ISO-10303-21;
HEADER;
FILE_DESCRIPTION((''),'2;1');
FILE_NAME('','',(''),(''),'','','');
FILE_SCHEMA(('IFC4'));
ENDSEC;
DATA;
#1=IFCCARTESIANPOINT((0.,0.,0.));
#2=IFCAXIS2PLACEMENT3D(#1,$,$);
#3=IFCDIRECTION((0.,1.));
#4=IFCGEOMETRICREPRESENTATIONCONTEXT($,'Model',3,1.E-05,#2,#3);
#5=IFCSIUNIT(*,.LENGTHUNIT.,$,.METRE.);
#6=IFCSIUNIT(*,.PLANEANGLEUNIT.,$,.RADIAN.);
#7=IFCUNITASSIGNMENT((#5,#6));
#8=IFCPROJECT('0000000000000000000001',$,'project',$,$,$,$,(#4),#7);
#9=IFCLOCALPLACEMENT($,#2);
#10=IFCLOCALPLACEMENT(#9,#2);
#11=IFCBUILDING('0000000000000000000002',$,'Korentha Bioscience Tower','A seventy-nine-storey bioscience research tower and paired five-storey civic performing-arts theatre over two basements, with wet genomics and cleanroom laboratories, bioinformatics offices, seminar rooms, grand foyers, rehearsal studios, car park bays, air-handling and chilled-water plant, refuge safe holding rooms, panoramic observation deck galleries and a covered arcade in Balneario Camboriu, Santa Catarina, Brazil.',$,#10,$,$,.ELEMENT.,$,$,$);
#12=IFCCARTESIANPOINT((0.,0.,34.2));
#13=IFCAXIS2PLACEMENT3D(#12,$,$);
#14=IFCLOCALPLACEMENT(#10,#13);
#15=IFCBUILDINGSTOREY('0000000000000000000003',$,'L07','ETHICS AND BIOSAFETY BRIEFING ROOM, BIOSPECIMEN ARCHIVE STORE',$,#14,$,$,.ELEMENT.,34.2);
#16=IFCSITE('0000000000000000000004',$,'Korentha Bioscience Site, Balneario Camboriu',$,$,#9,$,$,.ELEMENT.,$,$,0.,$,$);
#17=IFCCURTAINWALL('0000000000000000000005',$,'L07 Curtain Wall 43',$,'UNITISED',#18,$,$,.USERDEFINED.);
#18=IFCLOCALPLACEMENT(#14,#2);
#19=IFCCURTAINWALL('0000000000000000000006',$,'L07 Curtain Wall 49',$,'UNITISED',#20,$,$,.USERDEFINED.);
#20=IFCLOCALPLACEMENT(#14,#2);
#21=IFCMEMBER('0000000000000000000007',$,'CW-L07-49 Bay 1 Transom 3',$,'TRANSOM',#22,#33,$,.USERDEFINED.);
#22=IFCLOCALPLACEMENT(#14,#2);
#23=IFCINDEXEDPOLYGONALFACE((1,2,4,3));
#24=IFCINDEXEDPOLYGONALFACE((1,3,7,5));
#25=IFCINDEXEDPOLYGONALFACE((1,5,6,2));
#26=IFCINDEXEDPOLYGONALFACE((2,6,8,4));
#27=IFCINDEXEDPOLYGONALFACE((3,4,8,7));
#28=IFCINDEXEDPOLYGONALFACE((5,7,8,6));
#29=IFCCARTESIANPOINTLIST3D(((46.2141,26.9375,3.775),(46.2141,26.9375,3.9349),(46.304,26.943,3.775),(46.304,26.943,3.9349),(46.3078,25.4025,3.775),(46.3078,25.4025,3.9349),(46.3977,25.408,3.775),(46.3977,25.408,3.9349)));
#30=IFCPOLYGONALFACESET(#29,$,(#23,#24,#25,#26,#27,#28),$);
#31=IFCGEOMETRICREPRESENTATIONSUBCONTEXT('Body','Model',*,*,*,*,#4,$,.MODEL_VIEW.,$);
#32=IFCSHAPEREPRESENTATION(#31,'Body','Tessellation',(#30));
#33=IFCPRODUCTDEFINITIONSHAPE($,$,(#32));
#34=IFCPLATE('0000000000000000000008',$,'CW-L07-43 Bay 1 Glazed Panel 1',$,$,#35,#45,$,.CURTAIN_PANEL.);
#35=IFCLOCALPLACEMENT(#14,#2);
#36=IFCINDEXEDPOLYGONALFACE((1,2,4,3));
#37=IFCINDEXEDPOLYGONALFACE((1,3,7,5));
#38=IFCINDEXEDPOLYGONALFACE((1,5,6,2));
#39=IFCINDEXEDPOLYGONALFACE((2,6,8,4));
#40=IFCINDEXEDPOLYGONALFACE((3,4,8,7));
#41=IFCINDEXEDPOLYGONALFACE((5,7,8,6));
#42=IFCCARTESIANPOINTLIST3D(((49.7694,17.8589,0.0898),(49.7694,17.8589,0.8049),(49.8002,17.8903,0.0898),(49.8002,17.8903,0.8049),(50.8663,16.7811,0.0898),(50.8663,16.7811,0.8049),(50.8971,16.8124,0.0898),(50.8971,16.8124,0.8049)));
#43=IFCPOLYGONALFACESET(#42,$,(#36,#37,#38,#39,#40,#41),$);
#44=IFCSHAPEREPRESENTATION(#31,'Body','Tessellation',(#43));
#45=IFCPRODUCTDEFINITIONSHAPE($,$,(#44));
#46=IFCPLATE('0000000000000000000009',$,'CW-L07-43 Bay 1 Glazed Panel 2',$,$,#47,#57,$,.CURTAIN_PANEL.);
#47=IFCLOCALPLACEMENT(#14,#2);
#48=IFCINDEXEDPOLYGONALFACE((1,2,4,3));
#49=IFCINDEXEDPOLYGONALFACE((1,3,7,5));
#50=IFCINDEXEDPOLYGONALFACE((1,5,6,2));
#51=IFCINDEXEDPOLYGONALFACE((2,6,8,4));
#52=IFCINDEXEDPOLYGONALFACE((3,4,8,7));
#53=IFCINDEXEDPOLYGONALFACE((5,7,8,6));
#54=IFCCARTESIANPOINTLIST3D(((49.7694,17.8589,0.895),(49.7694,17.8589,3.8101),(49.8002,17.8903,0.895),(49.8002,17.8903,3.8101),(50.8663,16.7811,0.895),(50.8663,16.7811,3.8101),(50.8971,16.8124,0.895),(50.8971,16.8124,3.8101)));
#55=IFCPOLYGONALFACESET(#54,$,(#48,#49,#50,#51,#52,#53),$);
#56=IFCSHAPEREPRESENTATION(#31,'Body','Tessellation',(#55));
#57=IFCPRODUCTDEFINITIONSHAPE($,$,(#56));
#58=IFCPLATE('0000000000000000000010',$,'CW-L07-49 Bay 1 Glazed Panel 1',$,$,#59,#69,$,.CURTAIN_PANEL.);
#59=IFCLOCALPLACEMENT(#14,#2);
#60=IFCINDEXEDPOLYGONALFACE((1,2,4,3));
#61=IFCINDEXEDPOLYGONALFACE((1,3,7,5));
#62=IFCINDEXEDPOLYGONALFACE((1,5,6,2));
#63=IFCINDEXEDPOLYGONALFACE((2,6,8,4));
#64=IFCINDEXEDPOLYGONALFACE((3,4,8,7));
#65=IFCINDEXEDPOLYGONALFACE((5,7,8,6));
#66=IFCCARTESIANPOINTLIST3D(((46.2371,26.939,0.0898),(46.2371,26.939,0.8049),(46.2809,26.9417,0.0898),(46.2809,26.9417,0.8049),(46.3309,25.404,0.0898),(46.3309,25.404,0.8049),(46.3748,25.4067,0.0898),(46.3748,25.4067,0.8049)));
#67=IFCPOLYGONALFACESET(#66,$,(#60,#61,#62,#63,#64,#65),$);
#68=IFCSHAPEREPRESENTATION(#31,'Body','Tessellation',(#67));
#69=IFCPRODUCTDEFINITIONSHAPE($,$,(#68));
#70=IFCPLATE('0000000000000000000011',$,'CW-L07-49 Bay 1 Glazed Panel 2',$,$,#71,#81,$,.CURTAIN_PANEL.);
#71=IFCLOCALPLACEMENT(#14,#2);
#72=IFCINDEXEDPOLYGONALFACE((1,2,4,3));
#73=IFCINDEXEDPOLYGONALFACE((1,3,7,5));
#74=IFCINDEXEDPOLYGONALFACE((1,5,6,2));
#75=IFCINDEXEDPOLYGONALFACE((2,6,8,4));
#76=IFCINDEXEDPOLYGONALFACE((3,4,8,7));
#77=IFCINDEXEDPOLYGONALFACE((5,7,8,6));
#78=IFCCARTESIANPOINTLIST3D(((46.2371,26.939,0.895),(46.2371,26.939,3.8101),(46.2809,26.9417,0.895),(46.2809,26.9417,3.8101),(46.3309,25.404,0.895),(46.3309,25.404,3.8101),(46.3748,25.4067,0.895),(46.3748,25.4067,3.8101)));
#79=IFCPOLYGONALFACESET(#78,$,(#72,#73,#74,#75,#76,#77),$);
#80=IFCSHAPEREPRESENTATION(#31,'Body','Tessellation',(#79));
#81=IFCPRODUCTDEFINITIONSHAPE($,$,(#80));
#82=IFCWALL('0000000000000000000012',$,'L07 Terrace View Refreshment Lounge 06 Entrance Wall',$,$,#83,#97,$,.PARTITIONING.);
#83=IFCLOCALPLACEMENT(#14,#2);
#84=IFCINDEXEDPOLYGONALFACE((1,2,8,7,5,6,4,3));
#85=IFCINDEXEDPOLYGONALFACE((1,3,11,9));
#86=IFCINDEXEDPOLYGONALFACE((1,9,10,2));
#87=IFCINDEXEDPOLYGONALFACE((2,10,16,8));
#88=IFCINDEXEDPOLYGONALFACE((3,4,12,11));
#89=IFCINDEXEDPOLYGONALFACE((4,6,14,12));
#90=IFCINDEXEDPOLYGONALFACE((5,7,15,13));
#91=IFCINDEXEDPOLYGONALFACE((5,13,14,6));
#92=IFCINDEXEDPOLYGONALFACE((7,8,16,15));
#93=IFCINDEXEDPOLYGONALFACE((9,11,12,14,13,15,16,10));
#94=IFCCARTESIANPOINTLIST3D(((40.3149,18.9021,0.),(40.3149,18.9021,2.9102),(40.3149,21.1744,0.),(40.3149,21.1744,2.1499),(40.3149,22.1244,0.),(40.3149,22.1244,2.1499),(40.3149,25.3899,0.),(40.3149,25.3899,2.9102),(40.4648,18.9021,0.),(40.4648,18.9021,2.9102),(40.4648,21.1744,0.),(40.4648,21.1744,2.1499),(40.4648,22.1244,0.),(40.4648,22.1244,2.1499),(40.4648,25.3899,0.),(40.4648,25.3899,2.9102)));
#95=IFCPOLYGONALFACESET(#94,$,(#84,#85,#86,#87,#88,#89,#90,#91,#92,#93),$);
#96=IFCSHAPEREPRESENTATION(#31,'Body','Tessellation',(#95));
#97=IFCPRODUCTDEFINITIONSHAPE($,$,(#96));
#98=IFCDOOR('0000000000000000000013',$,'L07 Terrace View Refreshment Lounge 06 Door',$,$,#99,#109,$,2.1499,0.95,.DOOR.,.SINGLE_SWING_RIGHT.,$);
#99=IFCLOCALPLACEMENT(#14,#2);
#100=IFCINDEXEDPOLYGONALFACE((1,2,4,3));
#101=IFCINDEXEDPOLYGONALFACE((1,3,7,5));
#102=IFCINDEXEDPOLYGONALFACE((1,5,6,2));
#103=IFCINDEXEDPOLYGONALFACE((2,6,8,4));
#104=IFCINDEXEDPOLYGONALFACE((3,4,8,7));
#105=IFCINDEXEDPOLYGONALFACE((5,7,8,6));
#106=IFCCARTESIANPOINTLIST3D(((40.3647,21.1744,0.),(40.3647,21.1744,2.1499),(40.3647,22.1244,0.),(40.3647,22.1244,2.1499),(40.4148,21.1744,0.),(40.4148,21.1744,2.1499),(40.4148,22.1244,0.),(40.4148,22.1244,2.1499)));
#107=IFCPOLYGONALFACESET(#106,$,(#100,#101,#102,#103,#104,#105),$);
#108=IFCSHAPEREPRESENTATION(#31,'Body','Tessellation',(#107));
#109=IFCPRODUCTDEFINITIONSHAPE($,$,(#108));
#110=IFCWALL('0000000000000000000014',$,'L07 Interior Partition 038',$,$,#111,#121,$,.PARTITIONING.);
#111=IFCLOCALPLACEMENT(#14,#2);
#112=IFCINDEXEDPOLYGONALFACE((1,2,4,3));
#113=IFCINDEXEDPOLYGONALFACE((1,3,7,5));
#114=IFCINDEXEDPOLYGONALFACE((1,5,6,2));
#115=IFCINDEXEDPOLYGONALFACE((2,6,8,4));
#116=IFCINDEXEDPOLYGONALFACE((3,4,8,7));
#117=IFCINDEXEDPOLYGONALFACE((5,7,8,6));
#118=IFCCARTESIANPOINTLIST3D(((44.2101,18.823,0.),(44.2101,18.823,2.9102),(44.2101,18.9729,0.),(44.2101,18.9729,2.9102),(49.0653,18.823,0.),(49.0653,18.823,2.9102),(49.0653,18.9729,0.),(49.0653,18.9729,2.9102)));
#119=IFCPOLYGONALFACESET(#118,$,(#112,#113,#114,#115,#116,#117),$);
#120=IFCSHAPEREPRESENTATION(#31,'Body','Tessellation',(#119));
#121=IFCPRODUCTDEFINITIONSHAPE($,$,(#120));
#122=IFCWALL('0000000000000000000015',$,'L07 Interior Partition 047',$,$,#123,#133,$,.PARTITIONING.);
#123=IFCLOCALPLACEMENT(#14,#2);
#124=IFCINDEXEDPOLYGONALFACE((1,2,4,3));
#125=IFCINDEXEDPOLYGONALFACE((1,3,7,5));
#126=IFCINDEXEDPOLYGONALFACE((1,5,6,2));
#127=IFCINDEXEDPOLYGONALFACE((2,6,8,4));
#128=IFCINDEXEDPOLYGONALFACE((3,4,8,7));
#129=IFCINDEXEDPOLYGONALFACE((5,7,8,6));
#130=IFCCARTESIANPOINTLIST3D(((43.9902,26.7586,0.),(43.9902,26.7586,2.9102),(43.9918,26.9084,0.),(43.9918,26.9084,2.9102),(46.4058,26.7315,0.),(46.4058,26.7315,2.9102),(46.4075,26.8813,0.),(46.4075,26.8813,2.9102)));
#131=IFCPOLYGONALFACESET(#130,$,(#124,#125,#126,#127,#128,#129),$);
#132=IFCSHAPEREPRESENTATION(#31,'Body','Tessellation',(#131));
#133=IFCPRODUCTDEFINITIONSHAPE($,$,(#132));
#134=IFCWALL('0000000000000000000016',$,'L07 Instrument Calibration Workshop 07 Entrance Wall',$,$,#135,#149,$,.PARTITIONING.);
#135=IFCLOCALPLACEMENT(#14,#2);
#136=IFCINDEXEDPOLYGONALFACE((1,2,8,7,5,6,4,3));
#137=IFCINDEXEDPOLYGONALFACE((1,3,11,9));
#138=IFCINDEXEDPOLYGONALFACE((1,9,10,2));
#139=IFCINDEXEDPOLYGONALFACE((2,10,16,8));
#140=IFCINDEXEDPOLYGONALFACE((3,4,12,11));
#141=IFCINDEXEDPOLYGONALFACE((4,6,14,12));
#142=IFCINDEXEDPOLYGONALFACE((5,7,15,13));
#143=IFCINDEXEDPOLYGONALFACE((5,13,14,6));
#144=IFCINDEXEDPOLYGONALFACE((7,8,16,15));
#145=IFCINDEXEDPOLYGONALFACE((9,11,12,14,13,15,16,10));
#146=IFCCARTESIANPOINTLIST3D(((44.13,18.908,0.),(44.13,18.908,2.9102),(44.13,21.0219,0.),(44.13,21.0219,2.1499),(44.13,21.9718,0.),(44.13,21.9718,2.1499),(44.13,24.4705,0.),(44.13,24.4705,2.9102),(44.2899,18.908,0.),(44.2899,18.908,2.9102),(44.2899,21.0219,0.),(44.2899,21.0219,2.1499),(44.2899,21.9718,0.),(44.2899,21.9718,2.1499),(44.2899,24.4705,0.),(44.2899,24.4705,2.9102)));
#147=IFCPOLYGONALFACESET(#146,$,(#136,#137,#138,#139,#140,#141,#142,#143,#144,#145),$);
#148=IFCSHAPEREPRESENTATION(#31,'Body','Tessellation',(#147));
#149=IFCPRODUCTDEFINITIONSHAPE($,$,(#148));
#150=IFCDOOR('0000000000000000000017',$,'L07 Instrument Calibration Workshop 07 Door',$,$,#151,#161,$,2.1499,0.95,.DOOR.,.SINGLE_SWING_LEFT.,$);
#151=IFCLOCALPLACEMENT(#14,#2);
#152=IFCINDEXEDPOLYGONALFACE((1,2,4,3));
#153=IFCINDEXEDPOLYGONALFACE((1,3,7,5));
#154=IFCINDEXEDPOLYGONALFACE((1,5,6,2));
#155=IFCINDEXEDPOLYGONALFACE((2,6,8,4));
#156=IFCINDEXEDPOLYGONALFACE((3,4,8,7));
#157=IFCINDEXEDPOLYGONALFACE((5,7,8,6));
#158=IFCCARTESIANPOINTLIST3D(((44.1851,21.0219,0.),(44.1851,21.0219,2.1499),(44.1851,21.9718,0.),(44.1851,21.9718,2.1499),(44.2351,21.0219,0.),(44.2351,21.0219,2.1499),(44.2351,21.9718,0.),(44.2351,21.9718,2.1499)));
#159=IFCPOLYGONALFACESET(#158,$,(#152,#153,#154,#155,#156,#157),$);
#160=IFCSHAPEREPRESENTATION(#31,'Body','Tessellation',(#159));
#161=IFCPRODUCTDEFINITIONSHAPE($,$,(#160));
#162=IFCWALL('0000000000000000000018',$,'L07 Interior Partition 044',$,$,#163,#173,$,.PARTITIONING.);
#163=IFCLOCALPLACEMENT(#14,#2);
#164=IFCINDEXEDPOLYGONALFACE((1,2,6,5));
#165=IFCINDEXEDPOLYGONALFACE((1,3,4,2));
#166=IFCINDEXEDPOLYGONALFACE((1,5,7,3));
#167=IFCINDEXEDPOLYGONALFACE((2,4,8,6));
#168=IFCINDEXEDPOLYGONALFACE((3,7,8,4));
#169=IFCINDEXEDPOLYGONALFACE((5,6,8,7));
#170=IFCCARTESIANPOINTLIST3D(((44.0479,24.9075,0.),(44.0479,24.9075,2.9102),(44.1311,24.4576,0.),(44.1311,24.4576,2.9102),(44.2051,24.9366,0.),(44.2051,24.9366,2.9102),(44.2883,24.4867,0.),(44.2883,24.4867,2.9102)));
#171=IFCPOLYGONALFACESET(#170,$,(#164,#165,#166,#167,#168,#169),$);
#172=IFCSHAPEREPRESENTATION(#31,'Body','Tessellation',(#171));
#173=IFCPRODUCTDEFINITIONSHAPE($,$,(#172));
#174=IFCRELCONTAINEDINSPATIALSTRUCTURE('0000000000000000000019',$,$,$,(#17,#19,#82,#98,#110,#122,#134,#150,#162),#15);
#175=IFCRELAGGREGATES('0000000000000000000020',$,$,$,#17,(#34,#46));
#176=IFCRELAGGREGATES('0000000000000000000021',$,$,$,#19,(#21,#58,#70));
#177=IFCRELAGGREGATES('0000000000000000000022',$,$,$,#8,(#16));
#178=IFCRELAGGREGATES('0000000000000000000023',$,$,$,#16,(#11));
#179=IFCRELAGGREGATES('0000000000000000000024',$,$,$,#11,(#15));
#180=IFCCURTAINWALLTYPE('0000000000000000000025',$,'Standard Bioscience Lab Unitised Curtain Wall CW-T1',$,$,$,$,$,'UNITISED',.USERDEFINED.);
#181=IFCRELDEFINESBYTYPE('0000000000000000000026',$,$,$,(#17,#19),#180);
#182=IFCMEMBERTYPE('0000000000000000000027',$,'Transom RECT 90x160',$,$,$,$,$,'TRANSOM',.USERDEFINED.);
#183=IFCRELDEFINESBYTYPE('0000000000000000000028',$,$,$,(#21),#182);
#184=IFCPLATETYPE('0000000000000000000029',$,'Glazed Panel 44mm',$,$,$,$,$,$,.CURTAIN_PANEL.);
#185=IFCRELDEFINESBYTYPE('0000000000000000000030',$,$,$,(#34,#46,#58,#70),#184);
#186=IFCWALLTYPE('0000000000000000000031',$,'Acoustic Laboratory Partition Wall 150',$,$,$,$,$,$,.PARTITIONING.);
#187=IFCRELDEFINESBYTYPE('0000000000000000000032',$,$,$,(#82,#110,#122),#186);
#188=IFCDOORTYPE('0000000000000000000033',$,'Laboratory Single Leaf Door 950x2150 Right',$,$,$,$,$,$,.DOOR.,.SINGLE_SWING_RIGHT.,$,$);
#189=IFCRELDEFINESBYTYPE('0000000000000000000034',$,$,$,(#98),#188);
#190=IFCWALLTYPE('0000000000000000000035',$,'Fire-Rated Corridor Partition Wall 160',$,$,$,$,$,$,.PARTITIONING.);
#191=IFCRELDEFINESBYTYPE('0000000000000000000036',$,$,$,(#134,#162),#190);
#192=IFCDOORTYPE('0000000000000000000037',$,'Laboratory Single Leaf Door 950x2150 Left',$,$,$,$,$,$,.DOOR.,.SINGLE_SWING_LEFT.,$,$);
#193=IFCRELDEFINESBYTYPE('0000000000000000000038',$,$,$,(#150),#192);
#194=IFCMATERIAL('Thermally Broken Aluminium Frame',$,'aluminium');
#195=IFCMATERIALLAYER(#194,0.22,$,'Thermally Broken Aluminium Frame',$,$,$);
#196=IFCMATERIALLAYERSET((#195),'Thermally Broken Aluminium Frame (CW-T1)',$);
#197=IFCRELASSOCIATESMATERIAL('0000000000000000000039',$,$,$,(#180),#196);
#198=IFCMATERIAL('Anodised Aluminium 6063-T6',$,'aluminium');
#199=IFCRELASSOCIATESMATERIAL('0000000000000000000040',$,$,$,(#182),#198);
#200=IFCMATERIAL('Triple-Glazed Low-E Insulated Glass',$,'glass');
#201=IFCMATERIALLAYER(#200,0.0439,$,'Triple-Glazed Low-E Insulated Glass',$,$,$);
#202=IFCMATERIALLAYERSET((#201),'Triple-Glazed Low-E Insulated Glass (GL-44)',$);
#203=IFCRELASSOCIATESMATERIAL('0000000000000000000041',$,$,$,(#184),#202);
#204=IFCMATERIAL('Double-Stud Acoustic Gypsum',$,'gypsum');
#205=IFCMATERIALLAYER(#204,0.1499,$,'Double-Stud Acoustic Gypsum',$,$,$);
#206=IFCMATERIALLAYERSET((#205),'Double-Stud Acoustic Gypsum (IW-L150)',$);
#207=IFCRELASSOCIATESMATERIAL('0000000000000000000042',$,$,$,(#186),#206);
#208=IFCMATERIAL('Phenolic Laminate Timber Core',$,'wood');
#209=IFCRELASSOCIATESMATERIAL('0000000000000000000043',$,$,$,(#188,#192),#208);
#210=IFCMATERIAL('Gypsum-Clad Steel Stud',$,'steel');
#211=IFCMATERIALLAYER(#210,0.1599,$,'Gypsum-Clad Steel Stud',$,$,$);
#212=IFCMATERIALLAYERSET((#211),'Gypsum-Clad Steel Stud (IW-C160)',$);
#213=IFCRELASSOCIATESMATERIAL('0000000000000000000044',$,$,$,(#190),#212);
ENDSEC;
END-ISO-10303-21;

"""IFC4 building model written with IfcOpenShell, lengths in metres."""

from ifc_helpers import new_model, si_unit, direction, frame, frame_2d, origin, origin_2d, place, context, subcontext, project, spatial, rectangle, extrude, material, layer, layer_set, material_profile, profile_set, type_object, element, fill, aggregate, save


model = new_model("IFC4")

# Units and contexts
model_context = context("Model", 3, precision=1e-05, world=origin(), true_north=direction((0.0, 1.0)))
body_context = subcontext(model_context, "Body", "Model", "MODEL_VIEW")
ifc_project = project(units=[si_unit("LENGTHUNIT", "METRE"), si_unit("PLANEANGLEUNIT", "RADIAN")], contexts=[model_context])

# Site, building, storey
site_placement = place(None, origin())
site = spatial("IfcSite", under=ifc_project, at=site_placement, Name="Korentha Bioscience Site, Balneario Camboriu", CompositionType="ELEMENT", RefElevation=0.0)
building_placement = place(site_placement, origin())
building = spatial("IfcBuilding", under=site, at=building_placement, Name="Korentha Bioscience Tower", Description="A seventy-nine-storey bioscience research tower and paired five-storey civic performing-arts theatre over two basements, with wet genomics and cleanroom laboratories, bioinformatics offices, seminar rooms, grand foyers, rehearsal studios, car park bays, air-handling and chilled-water plant, refuge safe holding rooms, panoramic observation deck galleries and a covered arcade in Balneario Camboriu, Santa Catarina, Brazil.", CompositionType="ELEMENT")
storey_placement = place(building_placement, frame((0.0, 0.0, 34.2)))
storey = spatial("IfcBuildingStorey", under=building, at=storey_placement, Name="L07", Description="ETHICS AND BIOSAFETY BRIEFING ROOM, BIOSPECIMEN ARCHIVE STORE", CompositionType="ELEMENT", Elevation=34.2)

# Curtain wall
ifc_material_1 = material(Name="Thermally Broken Aluminium Frame", Category="aluminium")
ifc_layer_1 = layer(ifc_material_1, 0.22, Name="Thermally Broken Aluminium Frame")
ifc_layer_set_1 = layer_set([ifc_layer_1], Name="Thermally Broken Aluminium Frame (CW-T1)")
curtain_wall_type = type_object("IfcCurtainWallType", Name="Standard Bioscience Lab Unitised Curtain Wall CW-T1", ElementType="UNITISED", PredefinedType="USERDEFINED", material=ifc_layer_set_1)
curtain_wall_1_placement = place(storey_placement, origin())
curtain_wall_1 = element("IfcCurtainWall", 1, at=curtain_wall_1_placement, inside=storey, type_object=curtain_wall_type, Name="L07 Curtain Wall 43", ObjectType="UNITISED", PredefinedType="USERDEFINED")
ifc_material_2 = material(Name="Anodised Aluminium 6063-T6", Category="aluminium")

# Curtain wall
curtain_wall_2_placement = place(storey_placement, origin())
curtain_wall_2 = element("IfcCurtainWall", 2, at=curtain_wall_2_placement, inside=storey, type_object=curtain_wall_type, Name="L07 Curtain Wall 49", ObjectType="UNITISED", PredefinedType="USERDEFINED")

# Member
ifc_material_profile_1 = material_profile(ifc_material_2, rectangle(XDim=0.0901, YDim=0.1599, at=origin_2d()), Name="Anodised Aluminium 6063-T6")
ifc_profile_set_1 = profile_set([ifc_material_profile_1], Name="Anodised Aluminium 6063-T6 (CW-TRN)")
member_type_1 = type_object("IfcMemberType", Name="Transom RECT 90x160", ElementType="TRANSOM", PredefinedType="USERDEFINED", material=ifc_profile_set_1)
member_1_placement = place(storey_placement, frame((46.3528, 25.4053, 3.855), z_axis=(-0.060965, 0.99814, 0.0), x_axis=(-0.99814, -0.060965, 0.0)))
member_1 = element("IfcMember", 3, at=member_1_placement, type_object=member_type_1, Name="CW-L07-49 Bay 1 Transom 3", ObjectType="TRANSOM", PredefinedType="USERDEFINED", context=body_context, shape_type="SweptSolid", body=[
    extrude(rectangle(XDim=0.0901, YDim=0.1599, at=origin_2d()), origin(), (0.0, 0.0, 1.0), 1.5378),
])

# Plates
ifc_material_3 = material(Name="Triple-Glazed Low-E Insulated Glass", Category="glass")
ifc_layer_2 = layer(ifc_material_3, 0.0439, Name="Triple-Glazed Low-E Insulated Glass")
ifc_layer_set_2 = layer_set([ifc_layer_2], Name="Triple-Glazed Low-E Insulated Glass (GL-44)")
plate_type = type_object("IfcPlateType", Name="Glazed Panel 44mm", PredefinedType="CURTAIN_PANEL", material=ifc_layer_set_2)
plate_1_placement = place(storey_placement, frame((50.3333, 17.3357, 0.0898), z_axis=(0.0, 0.0, 1.0), x_axis=(-0.713279, 0.70088, 0.0)))
plate_1 = element("IfcPlate", 4, at=plate_1_placement, type_object=plate_type, Name="CW-L07-43 Bay 1 Glazed Panel 1", PredefinedType="CURTAIN_PANEL", context=body_context, shape_type="SweptSolid", body=[
    extrude(rectangle(XDim=1.5378, YDim=0.0439, at=origin_2d()), origin(), (0.0, 0.0, 1.0), 0.7151),
])
plate_2_placement = place(storey_placement, frame((50.3333, 17.3357, 0.895), z_axis=(0.0, 0.0, 1.0), x_axis=(-0.713279, 0.70088, 0.0)))
plate_2 = element("IfcPlate", 5, at=plate_2_placement, type_object=plate_type, Name="CW-L07-43 Bay 1 Glazed Panel 2", PredefinedType="CURTAIN_PANEL", context=body_context, shape_type="SweptSolid", body=[
    extrude(rectangle(XDim=1.5378, YDim=0.0439, at=origin_2d()), origin(), (0.0, 0.0, 1.0), 2.915),
])
aggregate(curtain_wall_1, [plate_1, plate_2])
plate_3_placement = place(storey_placement, frame((46.3059, 26.1729, 0.0898), z_axis=(0.0, 0.0, 1.0), x_axis=(-0.061008, 0.998137, 0.0)))
plate_3 = element("IfcPlate", 6, at=plate_3_placement, type_object=plate_type, Name="CW-L07-49 Bay 1 Glazed Panel 1", PredefinedType="CURTAIN_PANEL", context=body_context, shape_type="SweptSolid", body=[
    extrude(rectangle(XDim=1.5378, YDim=0.0439, at=origin_2d()), origin(), (0.0, 0.0, 1.0), 0.7151),
])
plate_4_placement = place(storey_placement, frame((46.3059, 26.1729, 0.895), z_axis=(0.0, 0.0, 1.0), x_axis=(-0.061008, 0.998137, 0.0)))
plate_4 = element("IfcPlate", 7, at=plate_4_placement, type_object=plate_type, Name="CW-L07-49 Bay 1 Glazed Panel 2", PredefinedType="CURTAIN_PANEL", context=body_context, shape_type="SweptSolid", body=[
    extrude(rectangle(XDim=1.5378, YDim=0.0439, at=origin_2d()), origin(), (0.0, 0.0, 1.0), 2.915),
])
aggregate(curtain_wall_2, [member_1, plate_3, plate_4])

# Wall, opening, door
ifc_material_4 = material(Name="Double-Stud Acoustic Gypsum", Category="gypsum")
ifc_layer_3 = layer(ifc_material_4, 0.1499, Name="Double-Stud Acoustic Gypsum")
ifc_layer_set_3 = layer_set([ifc_layer_3], Name="Double-Stud Acoustic Gypsum (IW-L150)")
wall_type_1 = type_object("IfcWallType", Name="Acoustic Laboratory Partition Wall 150", PredefinedType="PARTITIONING", material=ifc_layer_set_3)
wall_1_placement = place(storey_placement, frame((40.3899, 25.3899, 0.0), z_axis=(0.0, 0.0, 1.0), x_axis=(0.0, -1.0, 0.0)))
wall_1 = element("IfcWall", 8, at=wall_1_placement, inside=storey, type_object=wall_type_1, Name="L07 Terrace View Refreshment Lounge 06 Entrance Wall", PredefinedType="PARTITIONING", context=body_context, shape_type="SweptSolid", body=[
    extrude(rectangle(XDim=6.4878, YDim=0.1499, at=frame_2d((3.2439, 0.0))), origin(), (0.0, 0.0, 1.0), 2.9102),
])
opening_1_placement = place(wall_1_placement, frame((3.2654, 0.0, 0.0)))
opening_1 = element("IfcOpeningElement", 9, at=opening_1_placement, cuts=wall_1, PredefinedType="OPENING", context=body_context, shape_type="SweptSolid", body=[
    extrude(rectangle(XDim=0.95, YDim=2.1499, at=frame_2d((0.4751, 1.075))), frame((0.0, 0.0898, 0.0), z_axis=(0.0, -1.0, 0.0), x_axis=(1.0, 0.0, 0.0)), (0.0, 0.0, 1.0), 0.1797),
])
ifc_material_5 = material(Name="Phenolic Laminate Timber Core", Category="wood")
door_type_1 = type_object("IfcDoorType", Name="Laboratory Single Leaf Door 950x2150 Right", OperationType="SINGLE_SWING_RIGHT", PredefinedType="DOOR", material=ifc_material_5)
door_1_placement = place(opening_1_placement, origin())
door_1 = element("IfcDoor", 10, at=door_1_placement, inside=storey, type_object=door_type_1, Name="L07 Terrace View Refreshment Lounge 06 Door", OperationType="SINGLE_SWING_RIGHT", OverallHeight=2.1499, OverallWidth=0.95, PredefinedType="DOOR", context=body_context, shape_type="SweptSolid", body=[
    extrude(rectangle(XDim=0.95, YDim=2.1499, at=frame_2d((0.4751, 1.075))), frame((0.0, 0.0249, 0.0), z_axis=(0.0, -1.0, 0.0), x_axis=(1.0, 0.0, 0.0)), (0.0, 0.0, 1.0), 0.05),
])
fill(opening_1, door_1)

# Walls
wall_2_placement = place(storey_placement, frame((44.21, 18.8979, 0.0), z_axis=(0.0, 0.0, 1.0), x_axis=(1.0, 0.0, 0.0)))
element("IfcWall", 11, at=wall_2_placement, inside=storey, type_object=wall_type_1, Name="L07 Interior Partition 038", PredefinedType="PARTITIONING", context=body_context, shape_type="SweptSolid", body=[
    extrude(rectangle(XDim=4.8552, YDim=0.1499, at=frame_2d((2.4277, 0.0))), origin(), (0.0, 0.0, 1.0), 2.9102),
])
wall_3_placement = place(storey_placement, frame((46.4067, 26.8064, 0.0), z_axis=(0.0, 0.0, 1.0), x_axis=(-0.999937, 0.011218, 0.0)))
element("IfcWall", 12, at=wall_3_placement, inside=storey, type_object=wall_type_1, Name="L07 Interior Partition 047", PredefinedType="PARTITIONING", context=body_context, shape_type="SweptSolid", body=[
    extrude(rectangle(XDim=2.4158, YDim=0.1499, at=frame_2d((1.208, 0.0))), origin(), (0.0, 0.0, 1.0), 2.9102),
])

# Wall, opening, door
ifc_material_6 = material(Name="Gypsum-Clad Steel Stud", Category="steel")
ifc_layer_4 = layer(ifc_material_6, 0.1599, Name="Gypsum-Clad Steel Stud")
ifc_layer_set_4 = layer_set([ifc_layer_4], Name="Gypsum-Clad Steel Stud (IW-C160)")
wall_type_2 = type_object("IfcWallType", Name="Fire-Rated Corridor Partition Wall 160", PredefinedType="PARTITIONING", material=ifc_layer_set_4)
wall_4_placement = place(storey_placement, frame((44.21, 18.908, 0.0), z_axis=(0.0, 0.0, 1.0), x_axis=(0.0, 1.0, 0.0)))
wall_4 = element("IfcWall", 13, at=wall_4_placement, inside=storey, type_object=wall_type_2, Name="L07 Instrument Calibration Workshop 07 Entrance Wall", PredefinedType="PARTITIONING", context=body_context, shape_type="SweptSolid", body=[
    extrude(rectangle(XDim=5.5625, YDim=0.1599, at=frame_2d((2.7812, 0.0))), origin(), (0.0, 0.0, 1.0), 2.9102),
])
opening_2_placement = place(wall_4_placement, frame((2.1138, 0.0, 0.0)))
opening_2 = element("IfcOpeningElement", 14, at=opening_2_placement, cuts=wall_4, PredefinedType="OPENING", context=body_context, shape_type="SweptSolid", body=[
    extrude(rectangle(XDim=0.95, YDim=2.1499, at=frame_2d((0.4751, 1.075))), frame((0.0, 0.0947, 0.0), z_axis=(0.0, -1.0, 0.0), x_axis=(1.0, 0.0, 0.0)), (0.0, 0.0, 1.0), 0.1897),
])
door_type_2 = type_object("IfcDoorType", Name="Laboratory Single Leaf Door 950x2150 Left", OperationType="SINGLE_SWING_LEFT", PredefinedType="DOOR", material=ifc_material_5)
door_2_placement = place(opening_2_placement, origin())
door_2 = element("IfcDoor", 15, at=door_2_placement, inside=storey, type_object=door_type_2, Name="L07 Instrument Calibration Workshop 07 Door", OperationType="SINGLE_SWING_LEFT", OverallHeight=2.1499, OverallWidth=0.95, PredefinedType="DOOR", context=body_context, shape_type="SweptSolid", body=[
    extrude(rectangle(XDim=0.95, YDim=2.1499, at=frame_2d((0.4751, 1.075))), frame((0.0, 0.0249, 0.0), z_axis=(0.0, -1.0, 0.0), x_axis=(1.0, 0.0, 0.0)), (0.0, 0.0, 1.0), 0.05),
])
fill(opening_2, door_2)

# Wall
wall_5_placement = place(storey_placement, frame((44.2097, 24.4722, 0.0), z_axis=(0.0, 0.0, 1.0), x_axis=(-0.181936, 0.98331, 0.0)))
element("IfcWall", 16, at=wall_5_placement, inside=storey, type_object=wall_type_2, Name="L07 Interior Partition 044", PredefinedType="PARTITIONING", context=body_context, shape_type="SweptSolid", body=[
    extrude(rectangle(XDim=0.4575, YDim=0.1599, at=frame_2d((0.2288, 0.0))), origin(), (0.0, 0.0, 1.0), 2.9102),
])

save(model, "model.ifc")
